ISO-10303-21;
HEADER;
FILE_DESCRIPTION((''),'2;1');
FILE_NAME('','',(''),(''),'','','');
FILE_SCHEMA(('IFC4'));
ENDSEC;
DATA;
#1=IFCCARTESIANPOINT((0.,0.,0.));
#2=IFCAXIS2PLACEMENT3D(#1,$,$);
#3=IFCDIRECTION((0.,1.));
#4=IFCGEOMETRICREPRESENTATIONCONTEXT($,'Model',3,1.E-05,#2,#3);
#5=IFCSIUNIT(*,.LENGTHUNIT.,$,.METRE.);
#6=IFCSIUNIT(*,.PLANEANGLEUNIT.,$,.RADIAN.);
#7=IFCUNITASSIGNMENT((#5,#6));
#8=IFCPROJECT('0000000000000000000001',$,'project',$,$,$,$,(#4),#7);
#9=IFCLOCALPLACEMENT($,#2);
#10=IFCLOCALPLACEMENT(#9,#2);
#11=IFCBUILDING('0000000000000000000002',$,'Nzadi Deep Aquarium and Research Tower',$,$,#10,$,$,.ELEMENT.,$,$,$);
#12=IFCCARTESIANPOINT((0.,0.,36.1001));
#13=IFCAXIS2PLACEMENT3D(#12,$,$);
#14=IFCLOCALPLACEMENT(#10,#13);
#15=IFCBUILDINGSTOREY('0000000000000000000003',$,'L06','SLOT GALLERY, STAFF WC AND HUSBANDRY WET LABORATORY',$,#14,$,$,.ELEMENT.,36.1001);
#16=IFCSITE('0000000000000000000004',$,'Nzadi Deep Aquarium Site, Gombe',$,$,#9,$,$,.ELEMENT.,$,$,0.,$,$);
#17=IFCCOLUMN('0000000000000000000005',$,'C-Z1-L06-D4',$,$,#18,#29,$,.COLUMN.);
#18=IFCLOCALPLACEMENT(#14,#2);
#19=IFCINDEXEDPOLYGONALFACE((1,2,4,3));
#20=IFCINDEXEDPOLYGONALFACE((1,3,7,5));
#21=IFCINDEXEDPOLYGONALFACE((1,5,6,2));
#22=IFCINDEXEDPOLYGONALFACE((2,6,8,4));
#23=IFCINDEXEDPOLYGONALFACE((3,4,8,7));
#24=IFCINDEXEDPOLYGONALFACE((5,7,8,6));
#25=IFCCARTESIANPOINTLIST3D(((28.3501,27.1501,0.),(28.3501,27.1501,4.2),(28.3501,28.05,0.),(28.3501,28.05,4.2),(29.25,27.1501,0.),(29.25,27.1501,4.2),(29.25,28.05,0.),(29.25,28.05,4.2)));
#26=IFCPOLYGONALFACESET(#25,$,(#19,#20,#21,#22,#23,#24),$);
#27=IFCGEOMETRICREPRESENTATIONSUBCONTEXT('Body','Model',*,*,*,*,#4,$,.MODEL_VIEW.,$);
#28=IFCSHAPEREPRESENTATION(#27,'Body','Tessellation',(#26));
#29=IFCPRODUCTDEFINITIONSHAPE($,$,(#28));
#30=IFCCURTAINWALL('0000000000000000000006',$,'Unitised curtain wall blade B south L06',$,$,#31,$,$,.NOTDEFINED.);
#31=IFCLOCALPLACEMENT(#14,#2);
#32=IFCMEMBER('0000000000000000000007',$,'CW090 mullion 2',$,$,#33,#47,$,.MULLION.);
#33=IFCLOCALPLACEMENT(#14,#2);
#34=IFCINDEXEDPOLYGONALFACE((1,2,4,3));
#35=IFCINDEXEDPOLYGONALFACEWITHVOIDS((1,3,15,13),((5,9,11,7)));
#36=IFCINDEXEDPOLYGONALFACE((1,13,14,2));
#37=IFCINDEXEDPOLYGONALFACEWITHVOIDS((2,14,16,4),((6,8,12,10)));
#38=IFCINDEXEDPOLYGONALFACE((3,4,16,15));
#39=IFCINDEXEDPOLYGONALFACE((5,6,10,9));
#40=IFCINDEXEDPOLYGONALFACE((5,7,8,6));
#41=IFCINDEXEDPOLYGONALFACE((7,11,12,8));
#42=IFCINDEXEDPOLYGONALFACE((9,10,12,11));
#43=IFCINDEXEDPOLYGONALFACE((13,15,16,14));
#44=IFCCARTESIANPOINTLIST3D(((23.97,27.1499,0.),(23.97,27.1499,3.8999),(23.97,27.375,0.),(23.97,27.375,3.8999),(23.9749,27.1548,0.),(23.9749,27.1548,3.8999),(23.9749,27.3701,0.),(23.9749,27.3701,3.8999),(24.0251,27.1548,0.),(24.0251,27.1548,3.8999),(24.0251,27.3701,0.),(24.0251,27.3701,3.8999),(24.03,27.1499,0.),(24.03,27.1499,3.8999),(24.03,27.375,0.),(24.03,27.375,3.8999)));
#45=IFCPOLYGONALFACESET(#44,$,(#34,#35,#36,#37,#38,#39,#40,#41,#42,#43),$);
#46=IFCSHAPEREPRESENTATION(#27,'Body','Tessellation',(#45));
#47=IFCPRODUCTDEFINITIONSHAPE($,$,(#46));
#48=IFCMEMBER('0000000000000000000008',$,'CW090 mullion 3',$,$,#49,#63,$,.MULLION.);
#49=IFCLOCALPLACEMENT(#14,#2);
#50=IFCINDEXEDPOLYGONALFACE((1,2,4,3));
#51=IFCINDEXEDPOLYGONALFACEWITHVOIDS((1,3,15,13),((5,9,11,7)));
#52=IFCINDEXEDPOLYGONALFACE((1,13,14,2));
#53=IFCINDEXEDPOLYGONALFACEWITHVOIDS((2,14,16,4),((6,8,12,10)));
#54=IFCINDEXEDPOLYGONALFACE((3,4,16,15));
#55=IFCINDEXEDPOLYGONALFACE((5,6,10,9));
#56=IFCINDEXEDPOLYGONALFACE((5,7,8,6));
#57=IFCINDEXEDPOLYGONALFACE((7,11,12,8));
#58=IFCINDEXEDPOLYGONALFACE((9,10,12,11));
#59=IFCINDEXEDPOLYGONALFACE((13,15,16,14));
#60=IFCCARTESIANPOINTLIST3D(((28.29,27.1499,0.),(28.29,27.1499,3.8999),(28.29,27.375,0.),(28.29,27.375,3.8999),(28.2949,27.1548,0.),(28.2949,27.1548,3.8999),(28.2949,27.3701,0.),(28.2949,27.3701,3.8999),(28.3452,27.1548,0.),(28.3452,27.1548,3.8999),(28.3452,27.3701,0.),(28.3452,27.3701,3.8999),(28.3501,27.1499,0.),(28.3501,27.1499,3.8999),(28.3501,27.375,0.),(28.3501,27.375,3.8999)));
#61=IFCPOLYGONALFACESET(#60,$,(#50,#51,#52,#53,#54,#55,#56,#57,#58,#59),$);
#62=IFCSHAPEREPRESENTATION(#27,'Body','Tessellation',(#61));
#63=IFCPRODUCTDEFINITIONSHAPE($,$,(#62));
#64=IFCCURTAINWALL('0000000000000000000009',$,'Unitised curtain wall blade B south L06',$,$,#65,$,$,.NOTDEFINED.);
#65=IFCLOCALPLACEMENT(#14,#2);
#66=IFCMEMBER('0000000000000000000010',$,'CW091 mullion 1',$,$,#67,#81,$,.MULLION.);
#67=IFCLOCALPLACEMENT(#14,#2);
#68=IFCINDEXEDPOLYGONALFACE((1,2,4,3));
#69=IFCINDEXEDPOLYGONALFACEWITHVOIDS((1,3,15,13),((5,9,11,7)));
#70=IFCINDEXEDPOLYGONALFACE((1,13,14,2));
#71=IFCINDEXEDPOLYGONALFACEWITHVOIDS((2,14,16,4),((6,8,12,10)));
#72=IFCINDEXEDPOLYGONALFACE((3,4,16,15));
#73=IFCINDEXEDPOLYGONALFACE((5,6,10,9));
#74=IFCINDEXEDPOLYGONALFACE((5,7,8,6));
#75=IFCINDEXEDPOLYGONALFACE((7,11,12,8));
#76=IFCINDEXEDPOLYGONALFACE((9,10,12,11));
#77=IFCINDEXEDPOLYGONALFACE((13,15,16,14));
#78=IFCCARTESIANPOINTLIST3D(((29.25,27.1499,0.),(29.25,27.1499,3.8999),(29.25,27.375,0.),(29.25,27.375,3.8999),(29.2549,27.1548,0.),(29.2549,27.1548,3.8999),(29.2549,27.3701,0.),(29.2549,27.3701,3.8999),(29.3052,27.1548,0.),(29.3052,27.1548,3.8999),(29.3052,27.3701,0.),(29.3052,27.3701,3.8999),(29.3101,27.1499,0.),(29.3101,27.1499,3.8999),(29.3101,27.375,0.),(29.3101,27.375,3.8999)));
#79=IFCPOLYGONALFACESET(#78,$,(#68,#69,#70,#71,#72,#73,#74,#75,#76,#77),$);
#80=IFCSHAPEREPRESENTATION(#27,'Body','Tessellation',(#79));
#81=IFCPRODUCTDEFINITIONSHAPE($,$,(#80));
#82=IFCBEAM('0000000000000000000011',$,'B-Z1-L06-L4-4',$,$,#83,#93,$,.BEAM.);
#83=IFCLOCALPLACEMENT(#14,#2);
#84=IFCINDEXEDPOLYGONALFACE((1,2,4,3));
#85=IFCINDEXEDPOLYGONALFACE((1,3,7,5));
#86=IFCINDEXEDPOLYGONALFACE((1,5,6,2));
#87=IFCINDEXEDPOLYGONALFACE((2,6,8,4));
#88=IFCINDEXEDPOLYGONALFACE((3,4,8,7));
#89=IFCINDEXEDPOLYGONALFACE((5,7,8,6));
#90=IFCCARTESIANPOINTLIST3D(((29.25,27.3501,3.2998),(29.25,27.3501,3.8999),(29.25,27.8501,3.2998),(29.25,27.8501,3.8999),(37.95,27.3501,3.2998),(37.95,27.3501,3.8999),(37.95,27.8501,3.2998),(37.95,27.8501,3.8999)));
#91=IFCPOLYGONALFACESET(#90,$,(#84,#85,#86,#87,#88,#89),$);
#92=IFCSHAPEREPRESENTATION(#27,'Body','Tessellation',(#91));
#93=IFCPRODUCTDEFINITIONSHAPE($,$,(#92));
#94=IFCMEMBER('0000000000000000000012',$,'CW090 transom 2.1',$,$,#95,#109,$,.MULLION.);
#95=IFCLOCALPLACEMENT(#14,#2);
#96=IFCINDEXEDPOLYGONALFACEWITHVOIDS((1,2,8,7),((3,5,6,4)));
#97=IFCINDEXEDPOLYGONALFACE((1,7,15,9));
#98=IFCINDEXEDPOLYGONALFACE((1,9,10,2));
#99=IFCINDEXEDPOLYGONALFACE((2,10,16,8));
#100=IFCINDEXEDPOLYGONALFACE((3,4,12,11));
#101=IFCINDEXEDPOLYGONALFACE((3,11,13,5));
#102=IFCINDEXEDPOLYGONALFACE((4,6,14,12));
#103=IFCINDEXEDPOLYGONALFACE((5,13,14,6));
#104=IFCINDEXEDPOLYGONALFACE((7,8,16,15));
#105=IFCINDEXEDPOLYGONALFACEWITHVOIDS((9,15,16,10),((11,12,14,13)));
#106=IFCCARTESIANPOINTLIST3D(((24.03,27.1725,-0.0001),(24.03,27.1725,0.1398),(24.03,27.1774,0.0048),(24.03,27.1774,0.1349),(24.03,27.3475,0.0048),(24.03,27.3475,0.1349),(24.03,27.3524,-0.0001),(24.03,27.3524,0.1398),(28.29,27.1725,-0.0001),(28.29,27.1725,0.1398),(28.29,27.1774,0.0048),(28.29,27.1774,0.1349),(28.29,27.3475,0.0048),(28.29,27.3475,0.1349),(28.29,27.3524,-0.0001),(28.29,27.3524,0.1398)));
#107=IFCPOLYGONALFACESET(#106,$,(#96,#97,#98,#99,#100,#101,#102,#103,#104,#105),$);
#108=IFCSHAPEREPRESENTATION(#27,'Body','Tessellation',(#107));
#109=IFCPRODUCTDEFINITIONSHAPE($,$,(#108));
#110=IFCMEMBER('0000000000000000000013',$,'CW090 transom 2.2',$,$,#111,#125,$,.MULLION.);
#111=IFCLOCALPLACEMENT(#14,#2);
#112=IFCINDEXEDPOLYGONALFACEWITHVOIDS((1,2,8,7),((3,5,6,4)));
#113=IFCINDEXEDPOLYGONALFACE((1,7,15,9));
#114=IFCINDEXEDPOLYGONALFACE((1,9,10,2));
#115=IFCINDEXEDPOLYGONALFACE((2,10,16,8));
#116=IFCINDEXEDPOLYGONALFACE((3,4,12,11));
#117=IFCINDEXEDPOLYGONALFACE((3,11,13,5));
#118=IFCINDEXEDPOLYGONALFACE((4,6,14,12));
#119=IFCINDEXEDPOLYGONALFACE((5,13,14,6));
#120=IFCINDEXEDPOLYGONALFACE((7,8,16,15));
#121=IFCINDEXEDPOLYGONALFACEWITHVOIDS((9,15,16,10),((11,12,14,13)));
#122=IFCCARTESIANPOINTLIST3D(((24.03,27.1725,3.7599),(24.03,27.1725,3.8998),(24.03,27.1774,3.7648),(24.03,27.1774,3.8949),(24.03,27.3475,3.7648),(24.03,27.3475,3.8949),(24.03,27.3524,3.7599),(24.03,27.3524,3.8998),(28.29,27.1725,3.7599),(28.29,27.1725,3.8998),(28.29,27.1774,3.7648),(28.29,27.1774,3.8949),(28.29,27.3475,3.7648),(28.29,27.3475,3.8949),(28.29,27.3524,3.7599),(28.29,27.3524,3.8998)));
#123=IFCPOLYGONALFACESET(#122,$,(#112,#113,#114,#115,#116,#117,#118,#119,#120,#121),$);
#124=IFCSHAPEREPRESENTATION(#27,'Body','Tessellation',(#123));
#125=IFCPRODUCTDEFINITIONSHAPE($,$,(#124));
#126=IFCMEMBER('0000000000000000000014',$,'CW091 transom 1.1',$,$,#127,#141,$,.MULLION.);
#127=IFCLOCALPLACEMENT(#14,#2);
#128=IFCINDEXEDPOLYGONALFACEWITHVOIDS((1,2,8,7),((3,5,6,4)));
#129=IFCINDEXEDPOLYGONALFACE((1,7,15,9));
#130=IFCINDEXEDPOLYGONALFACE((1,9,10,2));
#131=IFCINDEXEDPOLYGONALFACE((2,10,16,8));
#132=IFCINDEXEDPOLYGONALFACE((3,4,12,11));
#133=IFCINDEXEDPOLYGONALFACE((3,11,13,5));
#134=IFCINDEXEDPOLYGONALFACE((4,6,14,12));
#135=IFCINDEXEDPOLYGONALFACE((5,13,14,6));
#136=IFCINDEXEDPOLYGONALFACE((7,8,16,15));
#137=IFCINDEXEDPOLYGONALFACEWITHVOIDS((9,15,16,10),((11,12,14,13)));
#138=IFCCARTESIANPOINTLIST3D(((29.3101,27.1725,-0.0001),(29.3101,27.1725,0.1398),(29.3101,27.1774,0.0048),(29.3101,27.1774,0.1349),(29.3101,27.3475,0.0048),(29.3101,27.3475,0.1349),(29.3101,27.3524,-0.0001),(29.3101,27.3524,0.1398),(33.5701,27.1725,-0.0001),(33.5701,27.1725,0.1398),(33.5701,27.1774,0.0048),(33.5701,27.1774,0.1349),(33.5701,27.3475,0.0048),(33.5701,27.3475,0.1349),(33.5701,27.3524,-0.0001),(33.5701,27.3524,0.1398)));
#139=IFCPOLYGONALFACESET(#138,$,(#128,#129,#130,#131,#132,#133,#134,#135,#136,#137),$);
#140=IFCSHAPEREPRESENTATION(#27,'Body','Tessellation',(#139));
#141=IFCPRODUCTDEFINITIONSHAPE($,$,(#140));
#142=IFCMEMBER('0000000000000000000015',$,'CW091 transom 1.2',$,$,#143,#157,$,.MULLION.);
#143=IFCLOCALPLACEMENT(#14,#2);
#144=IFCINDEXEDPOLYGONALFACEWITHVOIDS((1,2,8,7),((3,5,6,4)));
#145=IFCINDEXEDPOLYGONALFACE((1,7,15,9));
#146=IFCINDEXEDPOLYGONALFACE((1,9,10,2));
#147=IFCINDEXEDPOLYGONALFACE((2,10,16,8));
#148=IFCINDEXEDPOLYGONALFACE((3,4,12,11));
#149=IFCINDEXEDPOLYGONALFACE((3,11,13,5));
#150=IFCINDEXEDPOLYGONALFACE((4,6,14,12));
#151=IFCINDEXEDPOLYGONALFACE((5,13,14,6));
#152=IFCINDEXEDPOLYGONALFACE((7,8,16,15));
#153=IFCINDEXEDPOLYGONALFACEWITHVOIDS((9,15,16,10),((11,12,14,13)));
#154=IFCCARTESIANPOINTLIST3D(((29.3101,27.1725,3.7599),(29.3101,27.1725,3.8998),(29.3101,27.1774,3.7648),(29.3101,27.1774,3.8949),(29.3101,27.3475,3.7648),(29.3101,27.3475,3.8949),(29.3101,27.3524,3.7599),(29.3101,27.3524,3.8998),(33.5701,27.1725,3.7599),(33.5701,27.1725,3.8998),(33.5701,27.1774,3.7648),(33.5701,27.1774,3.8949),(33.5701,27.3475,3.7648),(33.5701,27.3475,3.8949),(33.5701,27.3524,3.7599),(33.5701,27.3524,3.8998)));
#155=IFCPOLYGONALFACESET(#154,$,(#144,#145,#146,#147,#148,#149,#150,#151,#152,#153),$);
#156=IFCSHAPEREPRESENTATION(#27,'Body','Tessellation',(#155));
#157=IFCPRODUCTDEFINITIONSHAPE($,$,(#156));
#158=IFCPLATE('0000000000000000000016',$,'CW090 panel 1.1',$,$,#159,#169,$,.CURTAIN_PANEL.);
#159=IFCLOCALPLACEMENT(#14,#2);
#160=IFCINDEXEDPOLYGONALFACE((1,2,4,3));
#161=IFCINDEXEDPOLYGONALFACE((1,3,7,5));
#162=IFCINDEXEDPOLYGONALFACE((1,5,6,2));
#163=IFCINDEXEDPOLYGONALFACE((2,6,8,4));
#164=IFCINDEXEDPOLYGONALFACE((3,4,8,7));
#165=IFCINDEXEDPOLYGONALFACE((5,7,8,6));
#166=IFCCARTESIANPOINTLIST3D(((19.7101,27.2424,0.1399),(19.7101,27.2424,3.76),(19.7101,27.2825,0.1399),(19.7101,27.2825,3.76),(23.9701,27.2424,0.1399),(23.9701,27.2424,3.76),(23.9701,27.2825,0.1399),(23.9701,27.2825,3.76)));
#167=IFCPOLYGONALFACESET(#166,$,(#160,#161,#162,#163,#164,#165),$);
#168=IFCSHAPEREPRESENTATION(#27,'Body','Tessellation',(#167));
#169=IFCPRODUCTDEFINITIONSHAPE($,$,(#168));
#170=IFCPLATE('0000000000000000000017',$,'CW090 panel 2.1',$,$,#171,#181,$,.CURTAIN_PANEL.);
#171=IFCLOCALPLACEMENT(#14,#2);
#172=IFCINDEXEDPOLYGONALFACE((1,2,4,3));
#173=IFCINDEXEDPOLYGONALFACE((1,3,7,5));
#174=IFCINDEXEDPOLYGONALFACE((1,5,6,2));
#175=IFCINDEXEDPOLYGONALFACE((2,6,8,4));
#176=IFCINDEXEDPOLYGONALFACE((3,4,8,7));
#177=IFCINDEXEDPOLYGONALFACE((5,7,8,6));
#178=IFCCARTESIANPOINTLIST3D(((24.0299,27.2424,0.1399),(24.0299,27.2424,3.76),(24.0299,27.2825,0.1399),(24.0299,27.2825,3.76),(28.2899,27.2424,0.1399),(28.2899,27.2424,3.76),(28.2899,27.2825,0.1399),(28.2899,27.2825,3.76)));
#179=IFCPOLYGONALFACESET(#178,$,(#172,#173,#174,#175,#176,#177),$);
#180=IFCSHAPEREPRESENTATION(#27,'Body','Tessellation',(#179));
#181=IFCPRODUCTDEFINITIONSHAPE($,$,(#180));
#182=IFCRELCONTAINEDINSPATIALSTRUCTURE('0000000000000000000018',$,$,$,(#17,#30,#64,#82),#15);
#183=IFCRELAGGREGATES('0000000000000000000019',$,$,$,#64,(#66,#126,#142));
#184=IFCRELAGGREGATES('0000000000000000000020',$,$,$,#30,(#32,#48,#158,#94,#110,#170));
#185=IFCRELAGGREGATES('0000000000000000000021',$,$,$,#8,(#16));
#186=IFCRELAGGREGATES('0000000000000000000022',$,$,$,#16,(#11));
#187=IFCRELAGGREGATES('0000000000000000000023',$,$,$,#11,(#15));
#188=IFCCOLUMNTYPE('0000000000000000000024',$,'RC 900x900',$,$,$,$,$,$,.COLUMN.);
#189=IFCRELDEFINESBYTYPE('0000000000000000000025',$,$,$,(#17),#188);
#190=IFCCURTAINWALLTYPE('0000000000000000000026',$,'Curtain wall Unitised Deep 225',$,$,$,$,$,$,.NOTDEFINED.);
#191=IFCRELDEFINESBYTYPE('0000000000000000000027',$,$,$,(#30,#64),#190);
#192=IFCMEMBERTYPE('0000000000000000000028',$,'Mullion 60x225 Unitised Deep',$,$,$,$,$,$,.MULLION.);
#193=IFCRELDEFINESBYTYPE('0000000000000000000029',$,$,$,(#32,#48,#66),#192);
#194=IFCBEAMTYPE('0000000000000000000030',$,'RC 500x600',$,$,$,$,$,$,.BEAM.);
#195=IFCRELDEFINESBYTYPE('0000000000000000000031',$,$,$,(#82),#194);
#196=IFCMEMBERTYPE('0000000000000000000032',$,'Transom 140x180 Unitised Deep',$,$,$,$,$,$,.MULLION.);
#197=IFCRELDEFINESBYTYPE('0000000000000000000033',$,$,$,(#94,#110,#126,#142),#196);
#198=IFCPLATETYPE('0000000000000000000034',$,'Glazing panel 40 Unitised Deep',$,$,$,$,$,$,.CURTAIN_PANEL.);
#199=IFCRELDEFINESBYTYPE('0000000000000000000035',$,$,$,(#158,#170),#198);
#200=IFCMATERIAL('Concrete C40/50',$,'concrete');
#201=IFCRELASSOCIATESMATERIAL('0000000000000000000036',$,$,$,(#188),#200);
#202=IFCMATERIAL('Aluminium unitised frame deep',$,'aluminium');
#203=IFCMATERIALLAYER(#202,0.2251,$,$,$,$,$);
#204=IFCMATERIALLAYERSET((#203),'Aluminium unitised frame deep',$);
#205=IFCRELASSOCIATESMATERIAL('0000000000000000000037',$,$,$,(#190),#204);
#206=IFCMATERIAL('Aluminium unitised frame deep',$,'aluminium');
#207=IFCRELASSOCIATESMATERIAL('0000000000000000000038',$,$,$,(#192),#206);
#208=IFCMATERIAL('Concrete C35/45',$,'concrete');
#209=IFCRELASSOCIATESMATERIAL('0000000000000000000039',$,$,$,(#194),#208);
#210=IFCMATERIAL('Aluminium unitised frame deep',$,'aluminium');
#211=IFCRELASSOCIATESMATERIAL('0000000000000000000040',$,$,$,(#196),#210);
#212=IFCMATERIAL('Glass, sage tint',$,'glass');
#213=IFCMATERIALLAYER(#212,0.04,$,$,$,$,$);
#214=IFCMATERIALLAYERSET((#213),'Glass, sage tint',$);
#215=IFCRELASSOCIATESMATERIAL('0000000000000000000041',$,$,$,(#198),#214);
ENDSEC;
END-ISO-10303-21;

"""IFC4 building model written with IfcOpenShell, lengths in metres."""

from ifc_helpers import new_model, si_unit, direction, frame, origin, origin_2d, place, context, subcontext, project, spatial, rectangle, hollow_rectangle, extrude, material, layer, layer_set, material_profile, profile_set, type_object, element, aggregate, save


model = new_model("IFC4")

# Units and contexts
model_context = context("Model", 3, precision=1e-05, world=origin(), true_north=direction((0.0, 1.0)))
body_context = subcontext(model_context, "Body", "Model", "MODEL_VIEW")
ifc_project = project(units=[si_unit("LENGTHUNIT", "METRE"), si_unit("PLANEANGLEUNIT", "RADIAN")], contexts=[model_context])

# Site, building, storey
site_placement = place(None, origin())
site = spatial("IfcSite", under=ifc_project, at=site_placement, Name="Nzadi Deep Aquarium Site, Gombe", CompositionType="ELEMENT", RefElevation=0.0)
building_placement = place(site_placement, origin())
building = spatial("IfcBuilding", under=site, at=building_placement, Name="Nzadi Deep Aquarium and Research Tower", CompositionType="ELEMENT")
storey_placement = place(building_placement, frame((0.0, 0.0, 36.1001)))
storey = spatial("IfcBuildingStorey", under=building, at=storey_placement, Name="L06", Description="SLOT GALLERY, STAFF WC AND HUSBANDRY WET LABORATORY", CompositionType="ELEMENT", Elevation=36.1001)

# Column
ifc_material_1 = material(Name="Concrete C40/50", Category="concrete")
ifc_material_profile_1 = material_profile(ifc_material_1, rectangle(XDim=0.8999, YDim=0.8999, at=origin_2d()))
ifc_profile_set_1 = profile_set([ifc_material_profile_1], Name="Concrete C40/50")
column_type = type_object("IfcColumnType", Name="RC 900x900", PredefinedType="COLUMN", material=ifc_profile_set_1)
column_placement = place(storey_placement, frame((28.8, 27.6001, 0.0), z_axis=(0.0, 0.0, 1.0), x_axis=(1.0, 0.0, 0.0)))
element("IfcColumn", 1, at=column_placement, inside=storey, type_object=column_type, Name="C-Z1-L06-D4", PredefinedType="COLUMN", context=body_context, shape_type="SweptSolid", body=[
    extrude(rectangle(XDim=0.8999, YDim=0.8999, at=origin_2d()), origin(), (0.0, 0.0, 1.0), 4.2),
])

# Curtain wall, members
ifc_material_2 = material(Name="Aluminium unitised frame deep", Category="aluminium")
ifc_layer_1 = layer(ifc_material_2, 0.2251)
ifc_layer_set_1 = layer_set([ifc_layer_1], Name="Aluminium unitised frame deep")
curtain_wall_type = type_object("IfcCurtainWallType", Name="Curtain wall Unitised Deep 225", PredefinedType="NOTDEFINED", material=ifc_layer_set_1)
curtain_wall_1_placement = place(storey_placement, origin())
curtain_wall_1 = element("IfcCurtainWall", 2, at=curtain_wall_1_placement, inside=storey, type_object=curtain_wall_type, Name="Unitised curtain wall blade B south L06", PredefinedType="NOTDEFINED")
ifc_material_3 = material(Name="Aluminium unitised frame deep", Category="aluminium")
ifc_material_profile_2 = material_profile(ifc_material_3, hollow_rectangle(XDim=0.2251, YDim=0.0601, WallThickness=0.0049, at=origin_2d()))
ifc_profile_set_2 = profile_set([ifc_material_profile_2], Name="Aluminium unitised frame deep")
member_type_1 = type_object("IfcMemberType", Name="Mullion 60x225 Unitised Deep", PredefinedType="MULLION", material=ifc_profile_set_2)
member_1_placement = place(storey_placement, frame((24.0, 27.2625, 0.0), z_axis=(0.0, 0.0, 1.0), x_axis=(0.0, 1.0, 0.0)))
member_1 = element("IfcMember", 3, at=member_1_placement, type_object=member_type_1, Name="CW090 mullion 2", PredefinedType="MULLION", context=body_context, shape_type="SweptSolid", body=[
    extrude(hollow_rectangle(XDim=0.2251, YDim=0.0601, WallThickness=0.0049, at=origin_2d()), origin(), (0.0, 0.0, 1.0), 3.8999),
])
member_2_placement = place(storey_placement, frame((28.3201, 27.2625, 0.0), z_axis=(0.0, 0.0, 1.0), x_axis=(0.0, 1.0, 0.0)))
member_2 = element("IfcMember", 4, at=member_2_placement, type_object=member_type_1, Name="CW090 mullion 3", PredefinedType="MULLION", context=body_context, shape_type="SweptSolid", body=[
    extrude(hollow_rectangle(XDim=0.2251, YDim=0.0601, WallThickness=0.0049, at=origin_2d()), origin(), (0.0, 0.0, 1.0), 3.8999),
])

# Curtain wall, member
curtain_wall_2_placement = place(storey_placement, origin())
curtain_wall_2 = element("IfcCurtainWall", 5, at=curtain_wall_2_placement, inside=storey, type_object=curtain_wall_type, Name="Unitised curtain wall blade B south L06", PredefinedType="NOTDEFINED")
member_3_placement = place(storey_placement, frame((29.28, 27.2625, 0.0), z_axis=(0.0, 0.0, 1.0), x_axis=(0.0, 1.0, 0.0)))
member_3 = element("IfcMember", 6, at=member_3_placement, type_object=member_type_1, Name="CW091 mullion 1", PredefinedType="MULLION", context=body_context, shape_type="SweptSolid", body=[
    extrude(hollow_rectangle(XDim=0.2251, YDim=0.0601, WallThickness=0.0049, at=origin_2d()), origin(), (0.0, 0.0, 1.0), 3.8999),
])

# Beam
ifc_material_4 = material(Name="Concrete C35/45", Category="concrete")
ifc_material_profile_3 = material_profile(ifc_material_4, rectangle(XDim=0.5, YDim=0.6001, at=origin_2d()))
ifc_profile_set_3 = profile_set([ifc_material_profile_3], Name="Concrete C35/45")
beam_type = type_object("IfcBeamType", Name="RC 500x600", PredefinedType="BEAM", material=ifc_profile_set_3)
beam_placement = place(storey_placement, frame((29.25, 27.6001, 3.5999), z_axis=(1.0, 0.0, 0.0), x_axis=(0.0, 1.0, 0.0)))
element("IfcBeam", 7, at=beam_placement, inside=storey, type_object=beam_type, Name="B-Z1-L06-L4-4", PredefinedType="BEAM", context=body_context, shape_type="SweptSolid", body=[
    extrude(rectangle(XDim=0.5, YDim=0.6001, at=origin_2d()), origin(), (0.0, 0.0, 1.0), 8.7),
])

# Members
ifc_material_5 = material(Name="Aluminium unitised frame deep", Category="aluminium")
ifc_material_profile_4 = material_profile(ifc_material_5, hollow_rectangle(XDim=0.1799, YDim=0.1399, WallThickness=0.0049, at=origin_2d()))
ifc_profile_set_4 = profile_set([ifc_material_profile_4], Name="Aluminium unitised frame deep")
member_type_2 = type_object("IfcMemberType", Name="Transom 140x180 Unitised Deep", PredefinedType="MULLION", material=ifc_profile_set_4)
member_4_placement = place(storey_placement, frame((24.03, 27.2625, 0.0698), z_axis=(1.0, 0.0, 0.0), x_axis=(0.0, 1.0, 0.0)))
member_4 = element("IfcMember", 8, at=member_4_placement, type_object=member_type_2, Name="CW090 transom 2.1", PredefinedType="MULLION", context=body_context, shape_type="SweptSolid", body=[
    extrude(hollow_rectangle(XDim=0.1799, YDim=0.1399, WallThickness=0.0049, at=origin_2d()), origin(), (0.0, 0.0, 1.0), 4.26),
])
member_5_placement = place(storey_placement, frame((24.03, 27.2625, 3.8298), z_axis=(1.0, 0.0, 0.0), x_axis=(0.0, 1.0, 0.0)))
member_5 = element("IfcMember", 9, at=member_5_placement, type_object=member_type_2, Name="CW090 transom 2.2", PredefinedType="MULLION", context=body_context, shape_type="SweptSolid", body=[
    extrude(hollow_rectangle(XDim=0.1799, YDim=0.1399, WallThickness=0.0049, at=origin_2d()), origin(), (0.0, 0.0, 1.0), 4.26),
])
member_6_placement = place(storey_placement, frame((29.3101, 27.2625, 0.0698), z_axis=(1.0, 0.0, 0.0), x_axis=(0.0, 1.0, 0.0)))
member_6 = element("IfcMember", 10, at=member_6_placement, type_object=member_type_2, Name="CW091 transom 1.1", PredefinedType="MULLION", context=body_context, shape_type="SweptSolid", body=[
    extrude(hollow_rectangle(XDim=0.1799, YDim=0.1399, WallThickness=0.0049, at=origin_2d()), origin(), (0.0, 0.0, 1.0), 4.26),
])
member_7_placement = place(storey_placement, frame((29.3101, 27.2625, 3.8298), z_axis=(1.0, 0.0, 0.0), x_axis=(0.0, 1.0, 0.0)))
member_7 = element("IfcMember", 11, at=member_7_placement, type_object=member_type_2, Name="CW091 transom 1.2", PredefinedType="MULLION", context=body_context, shape_type="SweptSolid", body=[
    extrude(hollow_rectangle(XDim=0.1799, YDim=0.1399, WallThickness=0.0049, at=origin_2d()), origin(), (0.0, 0.0, 1.0), 4.26),
])
aggregate(curtain_wall_2, [member_3, member_6, member_7])

# Plates
ifc_material_6 = material(Name="Glass, sage tint", Category="glass")
ifc_layer_2 = layer(ifc_material_6, 0.04)
ifc_layer_set_2 = layer_set([ifc_layer_2], Name="Glass, sage tint")
plate_type = type_object("IfcPlateType", Name="Glazing panel 40 Unitised Deep", PredefinedType="CURTAIN_PANEL", material=ifc_layer_set_2)
plate_1_placement = place(storey_placement, frame((21.8401, 27.2625, 0.1399), z_axis=(0.0, 0.0, 1.0), x_axis=(1.0, 0.0, 0.0)))
plate_1 = element("IfcPlate", 12, at=plate_1_placement, type_object=plate_type, Name="CW090 panel 1.1", PredefinedType="CURTAIN_PANEL", context=body_context, shape_type="SweptSolid", body=[
    extrude(rectangle(XDim=4.26, YDim=0.04, at=origin_2d()), origin(), (0.0, 0.0, 1.0), 3.6201),
])
plate_2_placement = place(storey_placement, frame((26.1599, 27.2625, 0.1399), z_axis=(0.0, 0.0, 1.0), x_axis=(1.0, 0.0, 0.0)))
plate_2 = element("IfcPlate", 13, at=plate_2_placement, type_object=plate_type, Name="CW090 panel 2.1", PredefinedType="CURTAIN_PANEL", context=body_context, shape_type="SweptSolid", body=[
    extrude(rectangle(XDim=4.26, YDim=0.04, at=origin_2d()), origin(), (0.0, 0.0, 1.0), 3.6201),
])
aggregate(curtain_wall_1, [member_1, member_2, plate_1, member_4, member_5, plate_2])

save(model, "model.ifc")
